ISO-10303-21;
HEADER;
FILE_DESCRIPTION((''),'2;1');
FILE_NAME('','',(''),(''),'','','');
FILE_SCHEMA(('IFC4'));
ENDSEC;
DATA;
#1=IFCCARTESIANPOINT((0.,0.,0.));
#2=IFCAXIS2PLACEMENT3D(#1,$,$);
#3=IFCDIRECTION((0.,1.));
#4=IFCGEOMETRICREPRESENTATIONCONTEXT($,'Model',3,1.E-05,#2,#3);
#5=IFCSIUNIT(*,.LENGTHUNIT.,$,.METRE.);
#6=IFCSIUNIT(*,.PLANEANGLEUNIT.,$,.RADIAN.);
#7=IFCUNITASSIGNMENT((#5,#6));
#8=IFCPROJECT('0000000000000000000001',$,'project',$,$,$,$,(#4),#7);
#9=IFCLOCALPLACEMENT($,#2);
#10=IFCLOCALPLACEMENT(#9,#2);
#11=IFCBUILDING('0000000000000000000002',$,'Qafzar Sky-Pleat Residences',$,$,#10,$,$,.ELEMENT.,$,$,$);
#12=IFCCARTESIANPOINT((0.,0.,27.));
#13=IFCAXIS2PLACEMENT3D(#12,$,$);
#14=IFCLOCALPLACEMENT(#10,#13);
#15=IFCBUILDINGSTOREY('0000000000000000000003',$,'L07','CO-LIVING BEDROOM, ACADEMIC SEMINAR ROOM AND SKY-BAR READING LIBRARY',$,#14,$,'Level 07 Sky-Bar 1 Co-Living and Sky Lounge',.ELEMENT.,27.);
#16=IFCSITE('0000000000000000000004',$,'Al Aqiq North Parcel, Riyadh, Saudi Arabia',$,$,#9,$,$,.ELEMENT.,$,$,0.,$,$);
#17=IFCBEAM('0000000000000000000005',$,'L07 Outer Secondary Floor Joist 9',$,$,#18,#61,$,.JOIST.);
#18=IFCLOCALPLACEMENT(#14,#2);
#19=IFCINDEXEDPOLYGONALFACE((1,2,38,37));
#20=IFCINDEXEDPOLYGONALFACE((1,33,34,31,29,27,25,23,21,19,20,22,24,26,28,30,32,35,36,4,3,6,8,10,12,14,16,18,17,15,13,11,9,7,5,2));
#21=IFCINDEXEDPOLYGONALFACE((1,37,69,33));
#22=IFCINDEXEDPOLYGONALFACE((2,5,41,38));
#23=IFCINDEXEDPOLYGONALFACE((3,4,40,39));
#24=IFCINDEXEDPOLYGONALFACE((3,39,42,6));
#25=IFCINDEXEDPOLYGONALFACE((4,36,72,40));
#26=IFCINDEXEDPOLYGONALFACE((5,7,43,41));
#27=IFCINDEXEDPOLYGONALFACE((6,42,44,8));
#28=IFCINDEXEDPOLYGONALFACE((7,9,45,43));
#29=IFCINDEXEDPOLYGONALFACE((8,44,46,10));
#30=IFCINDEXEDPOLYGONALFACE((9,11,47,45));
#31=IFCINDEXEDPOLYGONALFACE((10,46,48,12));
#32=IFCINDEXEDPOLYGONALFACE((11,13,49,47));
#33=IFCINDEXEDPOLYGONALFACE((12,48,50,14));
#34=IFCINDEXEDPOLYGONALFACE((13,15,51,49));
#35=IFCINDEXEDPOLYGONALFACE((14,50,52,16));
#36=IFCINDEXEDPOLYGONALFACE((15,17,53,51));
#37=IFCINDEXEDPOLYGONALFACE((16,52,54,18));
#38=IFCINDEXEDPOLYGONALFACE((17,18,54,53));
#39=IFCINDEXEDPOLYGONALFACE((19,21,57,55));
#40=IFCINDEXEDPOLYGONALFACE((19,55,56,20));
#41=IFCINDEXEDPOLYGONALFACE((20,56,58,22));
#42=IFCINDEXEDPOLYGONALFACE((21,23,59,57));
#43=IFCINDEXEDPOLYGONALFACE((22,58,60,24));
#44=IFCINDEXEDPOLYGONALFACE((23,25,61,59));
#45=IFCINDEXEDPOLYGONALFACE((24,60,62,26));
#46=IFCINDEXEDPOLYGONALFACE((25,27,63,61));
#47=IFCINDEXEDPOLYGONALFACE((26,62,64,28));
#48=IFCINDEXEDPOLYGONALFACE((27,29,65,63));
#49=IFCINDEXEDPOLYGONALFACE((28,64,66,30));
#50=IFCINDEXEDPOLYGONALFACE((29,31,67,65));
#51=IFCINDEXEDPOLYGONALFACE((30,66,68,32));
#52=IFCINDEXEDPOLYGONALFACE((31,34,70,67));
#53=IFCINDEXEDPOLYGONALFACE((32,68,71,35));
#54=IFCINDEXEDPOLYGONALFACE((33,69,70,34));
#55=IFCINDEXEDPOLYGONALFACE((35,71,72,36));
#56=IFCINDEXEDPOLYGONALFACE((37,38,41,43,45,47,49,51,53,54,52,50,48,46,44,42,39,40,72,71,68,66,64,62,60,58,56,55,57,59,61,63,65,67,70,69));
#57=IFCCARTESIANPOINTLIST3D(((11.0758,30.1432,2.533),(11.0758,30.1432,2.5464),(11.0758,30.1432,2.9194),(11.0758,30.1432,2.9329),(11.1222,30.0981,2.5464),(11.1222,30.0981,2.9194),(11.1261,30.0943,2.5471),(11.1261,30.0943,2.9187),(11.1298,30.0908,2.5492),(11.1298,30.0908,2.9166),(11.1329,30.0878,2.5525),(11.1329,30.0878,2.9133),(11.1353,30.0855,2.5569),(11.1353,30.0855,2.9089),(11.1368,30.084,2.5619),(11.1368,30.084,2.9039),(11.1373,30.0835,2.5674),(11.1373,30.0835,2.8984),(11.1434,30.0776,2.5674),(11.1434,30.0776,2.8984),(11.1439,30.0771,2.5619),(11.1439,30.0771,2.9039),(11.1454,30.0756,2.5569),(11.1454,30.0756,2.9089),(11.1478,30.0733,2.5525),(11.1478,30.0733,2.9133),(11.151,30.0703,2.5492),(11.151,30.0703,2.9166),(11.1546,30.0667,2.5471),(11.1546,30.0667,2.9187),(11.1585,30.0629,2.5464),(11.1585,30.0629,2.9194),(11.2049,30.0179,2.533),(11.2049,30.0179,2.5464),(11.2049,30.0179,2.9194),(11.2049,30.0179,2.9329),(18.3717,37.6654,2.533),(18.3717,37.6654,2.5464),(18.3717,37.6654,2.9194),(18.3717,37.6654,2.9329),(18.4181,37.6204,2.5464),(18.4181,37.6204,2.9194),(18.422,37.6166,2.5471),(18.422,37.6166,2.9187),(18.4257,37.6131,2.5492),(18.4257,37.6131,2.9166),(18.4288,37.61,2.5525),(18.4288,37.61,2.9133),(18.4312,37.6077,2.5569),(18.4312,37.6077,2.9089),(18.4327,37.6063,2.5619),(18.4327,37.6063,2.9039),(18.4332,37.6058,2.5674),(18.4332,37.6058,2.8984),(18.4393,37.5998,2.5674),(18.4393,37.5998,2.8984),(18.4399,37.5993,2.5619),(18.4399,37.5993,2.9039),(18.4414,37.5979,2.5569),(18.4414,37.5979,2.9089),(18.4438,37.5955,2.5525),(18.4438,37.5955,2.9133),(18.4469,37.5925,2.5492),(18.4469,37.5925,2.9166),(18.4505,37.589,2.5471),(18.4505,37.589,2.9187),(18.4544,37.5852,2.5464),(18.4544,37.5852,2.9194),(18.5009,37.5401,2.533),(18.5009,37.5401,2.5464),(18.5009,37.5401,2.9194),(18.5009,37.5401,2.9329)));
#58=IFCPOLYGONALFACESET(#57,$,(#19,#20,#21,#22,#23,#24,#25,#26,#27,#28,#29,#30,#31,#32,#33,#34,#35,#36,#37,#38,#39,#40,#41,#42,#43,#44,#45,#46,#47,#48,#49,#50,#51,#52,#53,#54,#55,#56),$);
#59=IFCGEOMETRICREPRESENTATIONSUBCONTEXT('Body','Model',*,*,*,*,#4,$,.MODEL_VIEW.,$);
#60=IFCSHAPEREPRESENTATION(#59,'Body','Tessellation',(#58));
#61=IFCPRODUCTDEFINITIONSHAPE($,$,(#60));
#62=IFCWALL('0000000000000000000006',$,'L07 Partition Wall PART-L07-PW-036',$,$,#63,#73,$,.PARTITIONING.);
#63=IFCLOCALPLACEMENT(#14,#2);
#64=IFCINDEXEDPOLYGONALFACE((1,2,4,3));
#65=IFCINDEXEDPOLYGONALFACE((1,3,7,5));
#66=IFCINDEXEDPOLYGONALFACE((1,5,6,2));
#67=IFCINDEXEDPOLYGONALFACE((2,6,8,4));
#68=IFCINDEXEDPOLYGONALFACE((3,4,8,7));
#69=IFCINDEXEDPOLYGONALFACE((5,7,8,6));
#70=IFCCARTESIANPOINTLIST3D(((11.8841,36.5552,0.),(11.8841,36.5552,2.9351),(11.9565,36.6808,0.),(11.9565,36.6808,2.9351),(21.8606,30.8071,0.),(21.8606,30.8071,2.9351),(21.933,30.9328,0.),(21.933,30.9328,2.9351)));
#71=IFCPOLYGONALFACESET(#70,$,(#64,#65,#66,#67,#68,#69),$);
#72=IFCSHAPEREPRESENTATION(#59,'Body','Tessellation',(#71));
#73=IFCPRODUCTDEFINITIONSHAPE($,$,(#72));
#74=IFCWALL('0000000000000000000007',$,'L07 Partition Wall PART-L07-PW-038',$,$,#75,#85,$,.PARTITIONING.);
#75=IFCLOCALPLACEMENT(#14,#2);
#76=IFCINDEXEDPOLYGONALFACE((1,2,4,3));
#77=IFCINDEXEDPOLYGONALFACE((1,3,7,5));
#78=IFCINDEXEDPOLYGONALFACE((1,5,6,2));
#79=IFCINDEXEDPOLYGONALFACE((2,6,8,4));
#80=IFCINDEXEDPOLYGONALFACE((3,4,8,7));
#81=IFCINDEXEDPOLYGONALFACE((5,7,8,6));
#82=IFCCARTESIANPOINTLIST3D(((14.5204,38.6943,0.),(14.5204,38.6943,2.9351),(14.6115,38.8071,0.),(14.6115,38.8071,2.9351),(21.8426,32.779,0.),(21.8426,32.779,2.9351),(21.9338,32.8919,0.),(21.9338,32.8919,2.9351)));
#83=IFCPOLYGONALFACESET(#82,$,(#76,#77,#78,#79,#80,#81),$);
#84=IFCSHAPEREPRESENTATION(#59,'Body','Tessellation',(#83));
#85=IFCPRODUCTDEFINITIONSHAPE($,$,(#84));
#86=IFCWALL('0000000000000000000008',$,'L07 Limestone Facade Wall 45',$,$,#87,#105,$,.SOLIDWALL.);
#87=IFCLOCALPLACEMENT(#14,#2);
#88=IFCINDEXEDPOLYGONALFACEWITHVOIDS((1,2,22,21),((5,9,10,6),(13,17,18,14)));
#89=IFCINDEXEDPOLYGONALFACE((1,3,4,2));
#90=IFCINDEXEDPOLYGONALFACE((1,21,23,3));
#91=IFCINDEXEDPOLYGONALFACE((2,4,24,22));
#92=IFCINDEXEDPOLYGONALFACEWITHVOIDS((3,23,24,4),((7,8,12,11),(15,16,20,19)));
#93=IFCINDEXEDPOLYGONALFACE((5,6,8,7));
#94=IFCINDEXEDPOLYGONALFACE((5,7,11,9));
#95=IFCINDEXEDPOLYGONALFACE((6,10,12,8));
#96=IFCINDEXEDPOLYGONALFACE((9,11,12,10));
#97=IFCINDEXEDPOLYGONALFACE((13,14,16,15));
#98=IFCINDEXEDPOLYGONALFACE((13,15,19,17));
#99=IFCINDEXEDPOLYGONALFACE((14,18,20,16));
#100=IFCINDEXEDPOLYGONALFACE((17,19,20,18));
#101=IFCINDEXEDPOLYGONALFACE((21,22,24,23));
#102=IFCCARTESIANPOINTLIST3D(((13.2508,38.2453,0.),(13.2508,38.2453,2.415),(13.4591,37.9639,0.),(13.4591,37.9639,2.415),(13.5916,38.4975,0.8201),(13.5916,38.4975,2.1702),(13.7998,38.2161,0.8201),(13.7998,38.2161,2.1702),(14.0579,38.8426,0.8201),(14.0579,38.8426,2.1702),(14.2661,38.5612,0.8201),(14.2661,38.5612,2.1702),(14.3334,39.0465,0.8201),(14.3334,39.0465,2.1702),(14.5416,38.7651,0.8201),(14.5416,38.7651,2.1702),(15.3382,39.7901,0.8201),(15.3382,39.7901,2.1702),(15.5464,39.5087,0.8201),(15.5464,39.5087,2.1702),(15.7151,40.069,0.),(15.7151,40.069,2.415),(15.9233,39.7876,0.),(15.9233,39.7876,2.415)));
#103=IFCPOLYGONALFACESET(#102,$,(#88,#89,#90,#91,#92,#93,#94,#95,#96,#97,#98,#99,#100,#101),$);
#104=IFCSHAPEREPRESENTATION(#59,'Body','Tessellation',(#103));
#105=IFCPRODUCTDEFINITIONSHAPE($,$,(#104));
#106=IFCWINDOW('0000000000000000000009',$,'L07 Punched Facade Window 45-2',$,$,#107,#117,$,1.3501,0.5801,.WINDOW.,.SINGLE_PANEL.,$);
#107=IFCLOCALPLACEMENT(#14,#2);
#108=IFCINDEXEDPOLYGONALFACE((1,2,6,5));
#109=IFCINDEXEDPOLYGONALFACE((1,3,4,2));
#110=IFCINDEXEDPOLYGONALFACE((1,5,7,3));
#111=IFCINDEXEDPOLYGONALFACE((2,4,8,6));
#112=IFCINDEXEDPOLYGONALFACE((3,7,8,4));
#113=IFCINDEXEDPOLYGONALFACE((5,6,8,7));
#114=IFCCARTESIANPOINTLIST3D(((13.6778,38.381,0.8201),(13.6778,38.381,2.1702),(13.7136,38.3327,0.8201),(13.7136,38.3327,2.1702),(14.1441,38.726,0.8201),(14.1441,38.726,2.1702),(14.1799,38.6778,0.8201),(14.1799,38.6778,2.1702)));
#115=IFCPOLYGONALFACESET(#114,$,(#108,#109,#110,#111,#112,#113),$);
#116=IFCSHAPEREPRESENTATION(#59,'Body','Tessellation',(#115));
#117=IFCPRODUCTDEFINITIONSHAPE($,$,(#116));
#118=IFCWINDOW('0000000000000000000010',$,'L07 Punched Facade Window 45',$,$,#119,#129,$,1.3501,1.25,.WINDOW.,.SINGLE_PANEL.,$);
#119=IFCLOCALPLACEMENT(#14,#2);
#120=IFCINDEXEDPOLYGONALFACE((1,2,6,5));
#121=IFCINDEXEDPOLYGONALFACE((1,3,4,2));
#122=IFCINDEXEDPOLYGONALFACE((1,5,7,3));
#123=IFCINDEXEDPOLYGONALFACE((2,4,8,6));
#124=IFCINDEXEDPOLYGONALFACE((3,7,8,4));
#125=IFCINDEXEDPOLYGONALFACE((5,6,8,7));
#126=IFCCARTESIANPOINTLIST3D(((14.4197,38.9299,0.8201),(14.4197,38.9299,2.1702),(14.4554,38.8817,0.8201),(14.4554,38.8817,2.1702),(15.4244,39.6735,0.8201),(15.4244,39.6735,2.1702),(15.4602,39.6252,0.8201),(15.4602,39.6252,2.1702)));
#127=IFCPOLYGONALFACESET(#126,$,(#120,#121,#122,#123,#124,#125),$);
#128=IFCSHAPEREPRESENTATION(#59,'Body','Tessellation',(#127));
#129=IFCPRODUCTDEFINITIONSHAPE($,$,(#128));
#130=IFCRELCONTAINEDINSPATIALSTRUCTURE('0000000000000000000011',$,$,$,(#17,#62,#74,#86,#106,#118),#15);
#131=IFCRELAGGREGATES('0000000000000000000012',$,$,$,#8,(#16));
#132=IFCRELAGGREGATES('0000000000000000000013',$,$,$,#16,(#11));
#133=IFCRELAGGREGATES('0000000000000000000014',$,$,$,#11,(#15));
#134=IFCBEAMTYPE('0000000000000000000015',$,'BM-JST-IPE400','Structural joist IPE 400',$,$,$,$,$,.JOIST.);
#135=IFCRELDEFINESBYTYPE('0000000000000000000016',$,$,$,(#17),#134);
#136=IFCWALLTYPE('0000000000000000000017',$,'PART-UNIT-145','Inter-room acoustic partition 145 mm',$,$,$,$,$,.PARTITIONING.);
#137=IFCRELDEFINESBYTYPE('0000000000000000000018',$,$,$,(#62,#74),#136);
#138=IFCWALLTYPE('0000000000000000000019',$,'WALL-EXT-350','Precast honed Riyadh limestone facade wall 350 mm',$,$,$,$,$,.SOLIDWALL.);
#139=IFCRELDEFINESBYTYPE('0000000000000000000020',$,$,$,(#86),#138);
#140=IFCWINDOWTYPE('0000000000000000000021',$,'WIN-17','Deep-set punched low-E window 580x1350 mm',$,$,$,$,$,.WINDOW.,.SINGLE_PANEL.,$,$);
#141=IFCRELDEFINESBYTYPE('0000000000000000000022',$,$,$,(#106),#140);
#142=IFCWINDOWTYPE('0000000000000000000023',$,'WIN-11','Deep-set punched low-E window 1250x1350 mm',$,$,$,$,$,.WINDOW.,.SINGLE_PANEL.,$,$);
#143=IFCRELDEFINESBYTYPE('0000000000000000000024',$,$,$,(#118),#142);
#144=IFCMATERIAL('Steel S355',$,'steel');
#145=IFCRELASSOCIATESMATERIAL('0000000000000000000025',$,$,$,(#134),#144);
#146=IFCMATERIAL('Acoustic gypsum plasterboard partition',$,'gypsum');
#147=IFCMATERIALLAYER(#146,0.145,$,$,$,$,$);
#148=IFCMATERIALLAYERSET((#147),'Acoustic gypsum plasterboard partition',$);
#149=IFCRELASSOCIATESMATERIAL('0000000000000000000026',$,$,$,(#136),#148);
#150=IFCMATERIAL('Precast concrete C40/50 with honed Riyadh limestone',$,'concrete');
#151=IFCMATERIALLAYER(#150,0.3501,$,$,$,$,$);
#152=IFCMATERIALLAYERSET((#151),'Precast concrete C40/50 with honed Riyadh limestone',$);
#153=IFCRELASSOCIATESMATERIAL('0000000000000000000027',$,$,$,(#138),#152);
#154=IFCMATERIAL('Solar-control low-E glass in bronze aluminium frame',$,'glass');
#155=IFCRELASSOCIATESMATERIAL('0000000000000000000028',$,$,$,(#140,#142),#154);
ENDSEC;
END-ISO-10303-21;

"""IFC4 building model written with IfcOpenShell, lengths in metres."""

from ifc_helpers import new_model, si_unit, direction, frame, frame_2d, origin, origin_2d, place, context, subcontext, project, spatial, rectangle, i_section, extrude, source, transform, mapped, material, layer, layer_set, material_profile, profile_set, type_object, element, fill, save


model = new_model("IFC4")

# Units and contexts
model_context = context("Model", 3, precision=1e-05, world=origin(), true_north=direction((0.0, 1.0)))
body_context = subcontext(model_context, "Body", "Model", "MODEL_VIEW")
ifc_project = project(units=[si_unit("LENGTHUNIT", "METRE"), si_unit("PLANEANGLEUNIT", "RADIAN")], contexts=[model_context])

# Site, building, storey
site_placement = place(None, origin())
site = spatial("IfcSite", under=ifc_project, at=site_placement, Name="Al Aqiq North Parcel, Riyadh, Saudi Arabia", CompositionType="ELEMENT", RefElevation=0.0)
building_placement = place(site_placement, origin())
building = spatial("IfcBuilding", under=site, at=building_placement, Name="Qafzar Sky-Pleat Residences", CompositionType="ELEMENT")
storey_placement = place(building_placement, frame((0.0, 0.0, 27.0)))
storey = spatial("IfcBuildingStorey", under=building, at=storey_placement, Name="L07", Description="CO-LIVING BEDROOM, ACADEMIC SEMINAR ROOM AND SKY-BAR READING LIBRARY", LongName="Level 07 Sky-Bar 1 Co-Living and Sky Lounge", CompositionType="ELEMENT", Elevation=27.0)

# Beam
ifc_material_1 = material(Name="Steel S355", Category="steel")
ifc_material_profile_1 = material_profile(ifc_material_1, i_section(OverallWidth=0.1799, OverallDepth=0.3999, WebThickness=0.0085, FlangeThickness=0.0134, FilletRadius=0.021, at=origin_2d()), Name="IPE 400")
ifc_profile_set_1 = profile_set([ifc_material_profile_1], Name="Steel S355")
beam_type_1 = type_object("IfcBeamType", Name="BM-JST-IPE400", Description="Structural joist IPE 400", PredefinedType="JOIST", material=ifc_profile_set_1)
shared_shape_1 = source(origin(), body_context, "Body", "SweptSolid", [
    extrude(i_section(OverallWidth=0.1799, OverallDepth=0.3999, WebThickness=0.0085, FlangeThickness=0.0134, FilletRadius=0.021, at=origin_2d()), origin(), (0.0, 0.0, 1.0), 10.4792),
])
beam_1_placement = place(storey_placement, frame((18.4363, 37.6028, 2.7329), z_axis=(-0.696226, -0.717823, 0.0), x_axis=(0.717823, -0.696226, 0.0)))
element("IfcBeam", 1, at=beam_1_placement, inside=storey, type_object=beam_type_1, Name="L07 Outer Secondary Floor Joist 9", PredefinedType="JOIST", context=body_context, shape_type="MappedRepresentation", body=[
    mapped(shared_shape_1, transform((0.0, 0.0, 0.0), x_axis=(1.0, 0.0, 0.0), y_axis=(0.0, 1.0, 0.0), z_axis=(0.0, 0.0, 1.0), scale=1.0)),
])

# Walls
ifc_material_2 = material(Name="Acoustic gypsum plasterboard partition", Category="gypsum")
ifc_layer_1 = layer(ifc_material_2, 0.145)
ifc_layer_set_1 = layer_set([ifc_layer_1], Name="Acoustic gypsum plasterboard partition")
wall_type_1 = type_object("IfcWallType", Name="PART-UNIT-145", Description="Inter-room acoustic partition 145 mm", PredefinedType="PARTITIONING", material=ifc_layer_set_1)
wall_1_placement = place(storey_placement, frame((11.9204, 36.6179, 0.0), z_axis=(0.0, 0.0, 1.0), x_axis=(0.866473, -0.499223, 0.0)))
element("IfcWall", 2, at=wall_1_placement, inside=storey, type_object=wall_type_1, Name="L07 Partition Wall PART-L07-PW-036", PredefinedType="PARTITIONING", context=body_context, shape_type="SweptSolid", body=[
    extrude(rectangle(XDim=11.5139, YDim=0.145, at=frame_2d((5.7568, 0.0))), origin(), (0.0, 0.0, 1.0), 2.9351),
])
wall_2_placement = place(storey_placement, frame((14.5659, 38.7507, 0.0), z_axis=(0.0, 0.0, 1.0), x_axis=(0.777882, -0.628411, 0.0)))
element("IfcWall", 3, at=wall_2_placement, inside=storey, type_object=wall_type_1, Name="L07 Partition Wall PART-L07-PW-038", PredefinedType="PARTITIONING", context=body_context, shape_type="SweptSolid", body=[
    extrude(rectangle(XDim=9.4131, YDim=0.145, at=frame_2d((4.7065, 0.0))), origin(), (0.0, 0.0, 1.0), 2.9351),
])

# Wall, openings, windows
ifc_material_3 = material(Name="Precast concrete C40/50 with honed Riyadh limestone", Category="concrete")
ifc_layer_2 = layer(ifc_material_3, 0.3501)
ifc_layer_set_2 = layer_set([ifc_layer_2], Name="Precast concrete C40/50 with honed Riyadh limestone")
wall_type_2 = type_object("IfcWallType", Name="WALL-EXT-350", Description="Precast honed Riyadh limestone facade wall 350 mm", PredefinedType="SOLIDWALL", material=ifc_layer_set_2)
wall_3_placement = place(storey_placement, frame((15.8191, 39.9282, 0.0), z_axis=(0.0, 0.0, 1.0), x_axis=(-0.803825, -0.594866, 0.0)))
wall_3 = element("IfcWall", 4, at=wall_3_placement, inside=storey, type_object=wall_type_2, Name="L07 Limestone Facade Wall 45", PredefinedType="SOLIDWALL", context=body_context, shape_type="SweptSolid", body=[
    extrude(rectangle(XDim=3.0657, YDim=0.3501, at=frame_2d((1.5327, 0.0))), origin(), (0.0, 0.0, 1.0), 2.415),
])
opening_1_placement = place(wall_3_placement, frame((0.4688, 0.0, 0.8201)))
opening_1 = element("IfcOpeningElement", 5, at=opening_1_placement, cuts=wall_3, PredefinedType="OPENING", context=body_context, shape_type="SweptSolid", body=[
    extrude(rectangle(XDim=1.25, YDim=1.3501, at=frame_2d((0.625, 0.675))), frame((0.0, 0.1851, 0.0), z_axis=(0.0, -1.0, 0.0), x_axis=(1.0, 0.0, 0.0)), (0.0, 0.0, 1.0), 0.3701),
])
opening_2_placement = place(wall_3_placement, frame((2.0615, 0.0, 0.8201)))
opening_2 = element("IfcOpeningElement", 6, at=opening_2_placement, cuts=wall_3, PredefinedType="OPENING", context=body_context, shape_type="SweptSolid", body=[
    extrude(rectangle(XDim=0.5801, YDim=1.3501, at=frame_2d((0.29, 0.675))), frame((0.0, 0.1851, 0.0), z_axis=(0.0, -1.0, 0.0), x_axis=(1.0, 0.0, 0.0)), (0.0, 0.0, 1.0), 0.3701),
])
ifc_material_4 = material(Name="Solar-control low-E glass in bronze aluminium frame", Category="glass")
window_type_1 = type_object("IfcWindowType", Name="WIN-17", Description="Deep-set punched low-E window 580x1350 mm", PartitioningType="SINGLE_PANEL", PredefinedType="WINDOW", material=ifc_material_4)
shared_shape_2 = source(origin(), body_context, "Body", "SweptSolid", [
    extrude(rectangle(XDim=0.5801, YDim=1.3501, at=frame_2d((0.29, 0.675))), frame((0.0, 0.03, 0.0), z_axis=(0.0, -1.0, 0.0), x_axis=(1.0, 0.0, 0.0)), (0.0, 0.0, 1.0), 0.0601),
])
window_1_placement = place(opening_2_placement, origin())
window_1 = element("IfcWindow", 7, at=window_1_placement, inside=storey, type_object=window_type_1, Name="L07 Punched Facade Window 45-2", OverallHeight=1.3501, OverallWidth=0.5801, PartitioningType="SINGLE_PANEL", PredefinedType="WINDOW", context=body_context, shape_type="MappedRepresentation", body=[
    mapped(shared_shape_2, transform((0.0, 0.0, 0.0), x_axis=(1.0, 0.0, 0.0), y_axis=(0.0, 1.0, 0.0), z_axis=(0.0, 0.0, 1.0), scale=1.0)),
])
fill(opening_2, window_1)
window_type_2 = type_object("IfcWindowType", Name="WIN-11", Description="Deep-set punched low-E window 1250x1350 mm", PartitioningType="SINGLE_PANEL", PredefinedType="WINDOW", material=ifc_material_4)
shared_shape_3 = source(origin(), body_context, "Body", "SweptSolid", [
    extrude(rectangle(XDim=1.25, YDim=1.3501, at=frame_2d((0.625, 0.675))), frame((0.0, 0.03, 0.0), z_axis=(0.0, -1.0, 0.0), x_axis=(1.0, 0.0, 0.0)), (0.0, 0.0, 1.0), 0.0601),
])
window_2_placement = place(opening_1_placement, origin())
window_2 = element("IfcWindow", 8, at=window_2_placement, inside=storey, type_object=window_type_2, Name="L07 Punched Facade Window 45", OverallHeight=1.3501, OverallWidth=1.25, PartitioningType="SINGLE_PANEL", PredefinedType="WINDOW", context=body_context, shape_type="MappedRepresentation", body=[
    mapped(shared_shape_3, transform((0.0, 0.0, 0.0), x_axis=(1.0, 0.0, 0.0), y_axis=(0.0, 1.0, 0.0), z_axis=(0.0, 0.0, 1.0), scale=1.0)),
])
fill(opening_1, window_2)

save(model, "model.ifc")
